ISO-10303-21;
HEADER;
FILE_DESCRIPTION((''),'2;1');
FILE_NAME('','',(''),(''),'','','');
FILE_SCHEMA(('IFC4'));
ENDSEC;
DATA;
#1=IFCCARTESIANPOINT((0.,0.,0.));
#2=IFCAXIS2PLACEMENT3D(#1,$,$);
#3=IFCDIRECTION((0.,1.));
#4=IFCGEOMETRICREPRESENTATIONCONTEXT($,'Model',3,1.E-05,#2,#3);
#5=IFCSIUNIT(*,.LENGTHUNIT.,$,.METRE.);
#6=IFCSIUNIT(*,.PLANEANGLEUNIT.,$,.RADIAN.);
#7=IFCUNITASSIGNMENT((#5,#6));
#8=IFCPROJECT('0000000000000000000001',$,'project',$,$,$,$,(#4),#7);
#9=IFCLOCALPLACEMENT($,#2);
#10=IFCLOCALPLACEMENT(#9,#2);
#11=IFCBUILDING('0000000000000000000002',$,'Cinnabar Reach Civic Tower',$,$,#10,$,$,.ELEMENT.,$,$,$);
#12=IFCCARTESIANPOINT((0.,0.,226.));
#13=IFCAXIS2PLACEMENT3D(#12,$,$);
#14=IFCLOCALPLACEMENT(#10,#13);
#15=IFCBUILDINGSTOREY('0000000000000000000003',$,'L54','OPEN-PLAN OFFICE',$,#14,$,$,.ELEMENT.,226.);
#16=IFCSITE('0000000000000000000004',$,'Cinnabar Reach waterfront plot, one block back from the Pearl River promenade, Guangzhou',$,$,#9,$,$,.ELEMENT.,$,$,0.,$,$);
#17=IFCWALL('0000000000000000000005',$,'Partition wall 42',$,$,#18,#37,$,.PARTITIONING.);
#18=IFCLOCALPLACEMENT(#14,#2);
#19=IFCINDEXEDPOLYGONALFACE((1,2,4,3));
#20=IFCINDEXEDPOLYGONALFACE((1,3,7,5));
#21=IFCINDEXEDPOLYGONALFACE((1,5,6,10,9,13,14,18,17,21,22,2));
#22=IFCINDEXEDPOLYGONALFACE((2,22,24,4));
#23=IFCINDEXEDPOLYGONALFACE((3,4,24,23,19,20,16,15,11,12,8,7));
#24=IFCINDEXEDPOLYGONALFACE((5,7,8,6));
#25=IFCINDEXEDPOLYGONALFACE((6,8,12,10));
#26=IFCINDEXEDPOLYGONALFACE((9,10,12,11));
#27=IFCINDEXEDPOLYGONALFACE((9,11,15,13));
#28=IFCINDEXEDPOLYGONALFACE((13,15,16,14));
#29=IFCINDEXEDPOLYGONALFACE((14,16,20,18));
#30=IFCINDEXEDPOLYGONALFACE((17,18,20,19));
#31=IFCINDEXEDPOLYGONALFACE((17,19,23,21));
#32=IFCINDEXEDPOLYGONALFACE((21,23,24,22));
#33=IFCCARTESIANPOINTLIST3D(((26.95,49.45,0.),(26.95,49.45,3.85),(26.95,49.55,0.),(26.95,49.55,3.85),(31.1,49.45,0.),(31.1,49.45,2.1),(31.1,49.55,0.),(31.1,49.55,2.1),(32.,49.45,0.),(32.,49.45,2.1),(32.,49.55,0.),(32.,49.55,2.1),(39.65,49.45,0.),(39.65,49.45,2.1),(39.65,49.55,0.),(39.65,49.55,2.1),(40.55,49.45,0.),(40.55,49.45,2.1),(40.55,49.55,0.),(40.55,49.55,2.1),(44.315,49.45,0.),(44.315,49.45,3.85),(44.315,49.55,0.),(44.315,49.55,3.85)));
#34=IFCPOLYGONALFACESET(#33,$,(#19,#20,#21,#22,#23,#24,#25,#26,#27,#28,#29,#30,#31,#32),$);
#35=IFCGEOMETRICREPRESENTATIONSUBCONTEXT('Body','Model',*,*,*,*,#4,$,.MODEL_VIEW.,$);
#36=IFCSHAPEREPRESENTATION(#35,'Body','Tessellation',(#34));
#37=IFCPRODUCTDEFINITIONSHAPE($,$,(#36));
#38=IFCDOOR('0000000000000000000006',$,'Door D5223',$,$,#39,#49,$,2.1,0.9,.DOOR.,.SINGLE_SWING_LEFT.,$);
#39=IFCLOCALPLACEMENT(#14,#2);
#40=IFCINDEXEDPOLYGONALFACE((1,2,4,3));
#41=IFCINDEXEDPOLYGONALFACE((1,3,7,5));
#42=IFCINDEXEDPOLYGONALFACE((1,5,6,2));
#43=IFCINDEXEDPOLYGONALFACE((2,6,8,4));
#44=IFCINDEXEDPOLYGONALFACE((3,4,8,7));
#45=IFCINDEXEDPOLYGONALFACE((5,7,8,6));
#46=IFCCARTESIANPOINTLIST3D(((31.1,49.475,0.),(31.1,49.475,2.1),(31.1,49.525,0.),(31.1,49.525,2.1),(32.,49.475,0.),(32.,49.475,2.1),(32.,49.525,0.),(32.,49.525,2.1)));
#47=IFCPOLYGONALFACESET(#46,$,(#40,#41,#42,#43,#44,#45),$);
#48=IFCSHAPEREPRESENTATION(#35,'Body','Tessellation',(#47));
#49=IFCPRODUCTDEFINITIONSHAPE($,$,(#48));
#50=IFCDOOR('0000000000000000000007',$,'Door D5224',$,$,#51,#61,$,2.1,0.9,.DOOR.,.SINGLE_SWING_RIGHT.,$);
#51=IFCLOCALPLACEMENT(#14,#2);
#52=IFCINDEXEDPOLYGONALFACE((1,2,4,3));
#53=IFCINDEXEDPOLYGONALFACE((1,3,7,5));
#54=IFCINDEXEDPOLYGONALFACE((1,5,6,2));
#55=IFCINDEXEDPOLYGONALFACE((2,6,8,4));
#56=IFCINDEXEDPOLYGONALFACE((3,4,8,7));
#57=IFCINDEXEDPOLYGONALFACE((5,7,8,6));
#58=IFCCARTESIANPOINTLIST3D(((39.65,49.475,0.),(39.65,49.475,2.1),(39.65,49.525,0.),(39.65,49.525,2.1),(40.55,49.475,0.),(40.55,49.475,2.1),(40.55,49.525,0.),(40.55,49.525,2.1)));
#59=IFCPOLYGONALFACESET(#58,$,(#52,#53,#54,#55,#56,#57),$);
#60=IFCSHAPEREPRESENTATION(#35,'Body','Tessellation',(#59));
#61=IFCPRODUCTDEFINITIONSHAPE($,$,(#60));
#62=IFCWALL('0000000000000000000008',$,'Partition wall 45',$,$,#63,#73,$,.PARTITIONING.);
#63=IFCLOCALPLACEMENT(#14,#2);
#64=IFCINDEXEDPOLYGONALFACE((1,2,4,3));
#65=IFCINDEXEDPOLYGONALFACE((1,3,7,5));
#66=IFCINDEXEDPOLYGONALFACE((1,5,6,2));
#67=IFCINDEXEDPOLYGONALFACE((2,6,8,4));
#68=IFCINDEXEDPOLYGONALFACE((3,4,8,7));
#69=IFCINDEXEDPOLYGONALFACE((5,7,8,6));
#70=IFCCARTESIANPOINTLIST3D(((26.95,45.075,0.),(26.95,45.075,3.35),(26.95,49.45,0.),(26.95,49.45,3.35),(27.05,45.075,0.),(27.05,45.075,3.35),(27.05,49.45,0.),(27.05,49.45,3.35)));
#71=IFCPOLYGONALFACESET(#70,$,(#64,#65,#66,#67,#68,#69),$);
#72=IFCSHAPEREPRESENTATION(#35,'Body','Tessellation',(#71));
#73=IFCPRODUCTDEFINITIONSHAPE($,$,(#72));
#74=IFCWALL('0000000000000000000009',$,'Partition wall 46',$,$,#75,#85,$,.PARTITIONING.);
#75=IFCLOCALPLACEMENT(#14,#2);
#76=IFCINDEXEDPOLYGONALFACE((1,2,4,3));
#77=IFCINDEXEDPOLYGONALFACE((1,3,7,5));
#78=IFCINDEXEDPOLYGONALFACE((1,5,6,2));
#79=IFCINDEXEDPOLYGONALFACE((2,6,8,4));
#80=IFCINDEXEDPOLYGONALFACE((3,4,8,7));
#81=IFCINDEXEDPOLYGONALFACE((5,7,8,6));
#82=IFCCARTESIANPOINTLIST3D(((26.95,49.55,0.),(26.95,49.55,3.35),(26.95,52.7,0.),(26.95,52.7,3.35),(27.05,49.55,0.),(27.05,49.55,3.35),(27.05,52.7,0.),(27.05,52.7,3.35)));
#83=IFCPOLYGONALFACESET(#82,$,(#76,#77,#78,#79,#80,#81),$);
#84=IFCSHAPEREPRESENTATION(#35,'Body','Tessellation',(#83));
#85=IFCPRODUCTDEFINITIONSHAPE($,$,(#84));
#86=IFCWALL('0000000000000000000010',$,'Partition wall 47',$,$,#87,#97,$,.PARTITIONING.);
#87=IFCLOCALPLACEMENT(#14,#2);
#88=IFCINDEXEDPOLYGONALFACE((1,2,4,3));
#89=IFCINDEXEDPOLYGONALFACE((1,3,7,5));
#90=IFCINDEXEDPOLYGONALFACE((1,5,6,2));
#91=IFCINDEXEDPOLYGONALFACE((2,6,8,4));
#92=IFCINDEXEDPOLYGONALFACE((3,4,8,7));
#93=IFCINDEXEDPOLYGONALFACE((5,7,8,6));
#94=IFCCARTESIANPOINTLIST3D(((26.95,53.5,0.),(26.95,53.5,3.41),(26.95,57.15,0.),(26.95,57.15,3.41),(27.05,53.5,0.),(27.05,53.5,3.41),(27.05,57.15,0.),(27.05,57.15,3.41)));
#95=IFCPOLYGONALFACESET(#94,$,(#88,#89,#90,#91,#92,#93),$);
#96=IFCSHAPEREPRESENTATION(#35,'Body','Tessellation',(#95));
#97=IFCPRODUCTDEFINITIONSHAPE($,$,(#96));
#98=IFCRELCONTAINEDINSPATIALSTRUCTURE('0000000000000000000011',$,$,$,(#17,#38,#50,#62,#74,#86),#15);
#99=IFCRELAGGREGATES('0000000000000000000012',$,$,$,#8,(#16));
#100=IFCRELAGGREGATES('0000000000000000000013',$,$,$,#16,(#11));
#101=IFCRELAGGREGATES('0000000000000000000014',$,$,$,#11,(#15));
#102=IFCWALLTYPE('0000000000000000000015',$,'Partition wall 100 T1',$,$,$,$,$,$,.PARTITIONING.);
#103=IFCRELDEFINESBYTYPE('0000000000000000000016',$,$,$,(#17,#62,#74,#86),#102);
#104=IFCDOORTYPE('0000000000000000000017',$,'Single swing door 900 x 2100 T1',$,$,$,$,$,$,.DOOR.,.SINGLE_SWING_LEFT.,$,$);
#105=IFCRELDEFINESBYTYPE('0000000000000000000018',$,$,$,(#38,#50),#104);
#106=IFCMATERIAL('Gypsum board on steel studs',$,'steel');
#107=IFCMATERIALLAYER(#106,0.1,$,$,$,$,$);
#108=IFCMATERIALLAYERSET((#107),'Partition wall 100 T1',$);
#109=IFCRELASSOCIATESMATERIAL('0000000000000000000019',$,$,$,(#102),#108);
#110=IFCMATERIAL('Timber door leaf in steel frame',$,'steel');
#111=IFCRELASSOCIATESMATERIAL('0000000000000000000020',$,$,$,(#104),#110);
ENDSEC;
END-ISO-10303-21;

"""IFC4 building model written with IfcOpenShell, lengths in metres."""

from ifc_helpers import new_model, si_unit, direction, frame, frame_2d, origin, place, context, subcontext, project, spatial, rectangle, extrude, material, layer, layer_set, type_object, element, fill, save


model = new_model("IFC4")

# Units and contexts
model_context = context("Model", 3, precision=1e-05, world=origin(), true_north=direction((0.0, 1.0)))
body_context = subcontext(model_context, "Body", "Model", "MODEL_VIEW")
ifc_project = project(units=[si_unit("LENGTHUNIT", "METRE"), si_unit("PLANEANGLEUNIT", "RADIAN")], contexts=[model_context])

# Site, building, storey
site_placement = place(None, origin())
site = spatial("IfcSite", under=ifc_project, at=site_placement, Name="Cinnabar Reach waterfront plot, one block back from the Pearl River promenade, Guangzhou", CompositionType="ELEMENT", RefElevation=0.0)
building_placement = place(site_placement, origin())
building = spatial("IfcBuilding", under=site, at=building_placement, Name="Cinnabar Reach Civic Tower", CompositionType="ELEMENT")
storey_placement = place(building_placement, frame((0.0, 0.0, 226.0)))
storey = spatial("IfcBuildingStorey", under=building, at=storey_placement, Name="L54", Description="OPEN-PLAN OFFICE", CompositionType="ELEMENT", Elevation=226.0)

# Wall, openings, doors
ifc_material_1 = material(Name="Gypsum board on steel studs", Category="steel")
ifc_layer_1 = layer(ifc_material_1, 0.1)
ifc_layer_set_1 = layer_set([ifc_layer_1], Name="Partition wall 100 T1")
wall_type_1 = type_object("IfcWallType", Name="Partition wall 100 T1", PredefinedType="PARTITIONING", material=ifc_layer_set_1)
wall_1_placement = place(storey_placement, frame((26.95, 49.5, 0.0), z_axis=(0.0, 0.0, 1.0), x_axis=(1.0, 0.0, 0.0)))
wall_1 = element("IfcWall", 1, at=wall_1_placement, inside=storey, type_object=wall_type_1, Name="Partition wall 42", PredefinedType="PARTITIONING", context=body_context, shape_type="SweptSolid", body=[
    extrude(rectangle(XDim=17.365, YDim=0.1, at=frame_2d((8.6825, 0.0))), origin(), (0.0, 0.0, 1.0), 3.85),
])
opening_1_placement = place(wall_1_placement, frame((4.15, 0.0, 0.0)))
opening_1 = element("IfcOpeningElement", 2, at=opening_1_placement, cuts=wall_1, PredefinedType="OPENING", context=body_context, shape_type="SweptSolid", body=[
    extrude(rectangle(XDim=0.9, YDim=2.1, at=frame_2d((0.45, 1.05))), frame((0.0, 0.06, 0.0), z_axis=(0.0, -1.0, 0.0), x_axis=(1.0, 0.0, 0.0)), (0.0, 0.0, 1.0), 0.12),
])
opening_2_placement = place(wall_1_placement, frame((12.7, 0.0, 0.0)))
opening_2 = element("IfcOpeningElement", 3, at=opening_2_placement, cuts=wall_1, PredefinedType="OPENING", context=body_context, shape_type="SweptSolid", body=[
    extrude(rectangle(XDim=0.9, YDim=2.1, at=frame_2d((0.45, 1.05))), frame((0.0, 0.06, 0.0), z_axis=(0.0, -1.0, 0.0), x_axis=(1.0, 0.0, 0.0)), (0.0, 0.0, 1.0), 0.12),
])
ifc_material_2 = material(Name="Timber door leaf in steel frame", Category="steel")
door_type = type_object("IfcDoorType", Name="Single swing door 900 x 2100 T1", OperationType="SINGLE_SWING_LEFT", PredefinedType="DOOR", material=ifc_material_2)
door_1_placement = place(opening_1_placement, origin())
door_1 = element("IfcDoor", 4, at=door_1_placement, inside=storey, type_object=door_type, Name="Door D5223", OperationType="SINGLE_SWING_LEFT", OverallHeight=2.1, OverallWidth=0.9, PredefinedType="DOOR", context=body_context, shape_type="SweptSolid", body=[
    extrude(rectangle(XDim=0.9, YDim=2.1, at=frame_2d((0.45, 1.05))), frame((0.0, 0.025, 0.0), z_axis=(0.0, -1.0, 0.0), x_axis=(1.0, 0.0, 0.0)), (0.0, 0.0, 1.0), 0.05),
])
fill(opening_1, door_1)
door_2_placement = place(opening_2_placement, origin())
door_2 = element("IfcDoor", 5, at=door_2_placement, inside=storey, type_object=door_type, Name="Door D5224", OperationType="SINGLE_SWING_RIGHT", OverallHeight=2.1, OverallWidth=0.9, PredefinedType="DOOR", context=body_context, shape_type="SweptSolid", body=[
    extrude(rectangle(XDim=0.9, YDim=2.1, at=frame_2d((0.45, 1.05))), frame((0.0, 0.025, 0.0), z_axis=(0.0, -1.0, 0.0), x_axis=(1.0, 0.0, 0.0)), (0.0, 0.0, 1.0), 0.05),
])
fill(opening_2, door_2)

# Walls
wall_2_placement = place(storey_placement, frame((27.0, 45.075, 0.0), z_axis=(0.0, 0.0, 1.0), x_axis=(0.0, 1.0, 0.0)))
element("IfcWall", 6, at=wall_2_placement, inside=storey, type_object=wall_type_1, Name="Partition wall 45", PredefinedType="PARTITIONING", context=body_context, shape_type="SweptSolid", body=[
    extrude(rectangle(XDim=4.375, YDim=0.1, at=frame_2d((2.1875, 0.0))), origin(), (0.0, 0.0, 1.0), 3.35),
])
wall_3_placement = place(storey_placement, frame((27.0, 49.55, 0.0), z_axis=(0.0, 0.0, 1.0), x_axis=(0.0, 1.0, 0.0)))
element("IfcWall", 7, at=wall_3_placement, inside=storey, type_object=wall_type_1, Name="Partition wall 46", PredefinedType="PARTITIONING", context=body_context, shape_type="SweptSolid", body=[
    extrude(rectangle(XDim=3.15, YDim=0.1, at=frame_2d((1.575, 0.0))), origin(), (0.0, 0.0, 1.0), 3.35),
])
wall_4_placement = place(storey_placement, frame((27.0, 53.5, 0.0), z_axis=(0.0, 0.0, 1.0), x_axis=(0.0, 1.0, 0.0)))
element("IfcWall", 8, at=wall_4_placement, inside=storey, type_object=wall_type_1, Name="Partition wall 47", PredefinedType="PARTITIONING", context=body_context, shape_type="SweptSolid", body=[
    extrude(rectangle(XDim=3.65, YDim=0.1, at=frame_2d((1.825, 0.0))), origin(), (0.0, 0.0, 1.0), 3.41),
])

save(model, "model.ifc")
